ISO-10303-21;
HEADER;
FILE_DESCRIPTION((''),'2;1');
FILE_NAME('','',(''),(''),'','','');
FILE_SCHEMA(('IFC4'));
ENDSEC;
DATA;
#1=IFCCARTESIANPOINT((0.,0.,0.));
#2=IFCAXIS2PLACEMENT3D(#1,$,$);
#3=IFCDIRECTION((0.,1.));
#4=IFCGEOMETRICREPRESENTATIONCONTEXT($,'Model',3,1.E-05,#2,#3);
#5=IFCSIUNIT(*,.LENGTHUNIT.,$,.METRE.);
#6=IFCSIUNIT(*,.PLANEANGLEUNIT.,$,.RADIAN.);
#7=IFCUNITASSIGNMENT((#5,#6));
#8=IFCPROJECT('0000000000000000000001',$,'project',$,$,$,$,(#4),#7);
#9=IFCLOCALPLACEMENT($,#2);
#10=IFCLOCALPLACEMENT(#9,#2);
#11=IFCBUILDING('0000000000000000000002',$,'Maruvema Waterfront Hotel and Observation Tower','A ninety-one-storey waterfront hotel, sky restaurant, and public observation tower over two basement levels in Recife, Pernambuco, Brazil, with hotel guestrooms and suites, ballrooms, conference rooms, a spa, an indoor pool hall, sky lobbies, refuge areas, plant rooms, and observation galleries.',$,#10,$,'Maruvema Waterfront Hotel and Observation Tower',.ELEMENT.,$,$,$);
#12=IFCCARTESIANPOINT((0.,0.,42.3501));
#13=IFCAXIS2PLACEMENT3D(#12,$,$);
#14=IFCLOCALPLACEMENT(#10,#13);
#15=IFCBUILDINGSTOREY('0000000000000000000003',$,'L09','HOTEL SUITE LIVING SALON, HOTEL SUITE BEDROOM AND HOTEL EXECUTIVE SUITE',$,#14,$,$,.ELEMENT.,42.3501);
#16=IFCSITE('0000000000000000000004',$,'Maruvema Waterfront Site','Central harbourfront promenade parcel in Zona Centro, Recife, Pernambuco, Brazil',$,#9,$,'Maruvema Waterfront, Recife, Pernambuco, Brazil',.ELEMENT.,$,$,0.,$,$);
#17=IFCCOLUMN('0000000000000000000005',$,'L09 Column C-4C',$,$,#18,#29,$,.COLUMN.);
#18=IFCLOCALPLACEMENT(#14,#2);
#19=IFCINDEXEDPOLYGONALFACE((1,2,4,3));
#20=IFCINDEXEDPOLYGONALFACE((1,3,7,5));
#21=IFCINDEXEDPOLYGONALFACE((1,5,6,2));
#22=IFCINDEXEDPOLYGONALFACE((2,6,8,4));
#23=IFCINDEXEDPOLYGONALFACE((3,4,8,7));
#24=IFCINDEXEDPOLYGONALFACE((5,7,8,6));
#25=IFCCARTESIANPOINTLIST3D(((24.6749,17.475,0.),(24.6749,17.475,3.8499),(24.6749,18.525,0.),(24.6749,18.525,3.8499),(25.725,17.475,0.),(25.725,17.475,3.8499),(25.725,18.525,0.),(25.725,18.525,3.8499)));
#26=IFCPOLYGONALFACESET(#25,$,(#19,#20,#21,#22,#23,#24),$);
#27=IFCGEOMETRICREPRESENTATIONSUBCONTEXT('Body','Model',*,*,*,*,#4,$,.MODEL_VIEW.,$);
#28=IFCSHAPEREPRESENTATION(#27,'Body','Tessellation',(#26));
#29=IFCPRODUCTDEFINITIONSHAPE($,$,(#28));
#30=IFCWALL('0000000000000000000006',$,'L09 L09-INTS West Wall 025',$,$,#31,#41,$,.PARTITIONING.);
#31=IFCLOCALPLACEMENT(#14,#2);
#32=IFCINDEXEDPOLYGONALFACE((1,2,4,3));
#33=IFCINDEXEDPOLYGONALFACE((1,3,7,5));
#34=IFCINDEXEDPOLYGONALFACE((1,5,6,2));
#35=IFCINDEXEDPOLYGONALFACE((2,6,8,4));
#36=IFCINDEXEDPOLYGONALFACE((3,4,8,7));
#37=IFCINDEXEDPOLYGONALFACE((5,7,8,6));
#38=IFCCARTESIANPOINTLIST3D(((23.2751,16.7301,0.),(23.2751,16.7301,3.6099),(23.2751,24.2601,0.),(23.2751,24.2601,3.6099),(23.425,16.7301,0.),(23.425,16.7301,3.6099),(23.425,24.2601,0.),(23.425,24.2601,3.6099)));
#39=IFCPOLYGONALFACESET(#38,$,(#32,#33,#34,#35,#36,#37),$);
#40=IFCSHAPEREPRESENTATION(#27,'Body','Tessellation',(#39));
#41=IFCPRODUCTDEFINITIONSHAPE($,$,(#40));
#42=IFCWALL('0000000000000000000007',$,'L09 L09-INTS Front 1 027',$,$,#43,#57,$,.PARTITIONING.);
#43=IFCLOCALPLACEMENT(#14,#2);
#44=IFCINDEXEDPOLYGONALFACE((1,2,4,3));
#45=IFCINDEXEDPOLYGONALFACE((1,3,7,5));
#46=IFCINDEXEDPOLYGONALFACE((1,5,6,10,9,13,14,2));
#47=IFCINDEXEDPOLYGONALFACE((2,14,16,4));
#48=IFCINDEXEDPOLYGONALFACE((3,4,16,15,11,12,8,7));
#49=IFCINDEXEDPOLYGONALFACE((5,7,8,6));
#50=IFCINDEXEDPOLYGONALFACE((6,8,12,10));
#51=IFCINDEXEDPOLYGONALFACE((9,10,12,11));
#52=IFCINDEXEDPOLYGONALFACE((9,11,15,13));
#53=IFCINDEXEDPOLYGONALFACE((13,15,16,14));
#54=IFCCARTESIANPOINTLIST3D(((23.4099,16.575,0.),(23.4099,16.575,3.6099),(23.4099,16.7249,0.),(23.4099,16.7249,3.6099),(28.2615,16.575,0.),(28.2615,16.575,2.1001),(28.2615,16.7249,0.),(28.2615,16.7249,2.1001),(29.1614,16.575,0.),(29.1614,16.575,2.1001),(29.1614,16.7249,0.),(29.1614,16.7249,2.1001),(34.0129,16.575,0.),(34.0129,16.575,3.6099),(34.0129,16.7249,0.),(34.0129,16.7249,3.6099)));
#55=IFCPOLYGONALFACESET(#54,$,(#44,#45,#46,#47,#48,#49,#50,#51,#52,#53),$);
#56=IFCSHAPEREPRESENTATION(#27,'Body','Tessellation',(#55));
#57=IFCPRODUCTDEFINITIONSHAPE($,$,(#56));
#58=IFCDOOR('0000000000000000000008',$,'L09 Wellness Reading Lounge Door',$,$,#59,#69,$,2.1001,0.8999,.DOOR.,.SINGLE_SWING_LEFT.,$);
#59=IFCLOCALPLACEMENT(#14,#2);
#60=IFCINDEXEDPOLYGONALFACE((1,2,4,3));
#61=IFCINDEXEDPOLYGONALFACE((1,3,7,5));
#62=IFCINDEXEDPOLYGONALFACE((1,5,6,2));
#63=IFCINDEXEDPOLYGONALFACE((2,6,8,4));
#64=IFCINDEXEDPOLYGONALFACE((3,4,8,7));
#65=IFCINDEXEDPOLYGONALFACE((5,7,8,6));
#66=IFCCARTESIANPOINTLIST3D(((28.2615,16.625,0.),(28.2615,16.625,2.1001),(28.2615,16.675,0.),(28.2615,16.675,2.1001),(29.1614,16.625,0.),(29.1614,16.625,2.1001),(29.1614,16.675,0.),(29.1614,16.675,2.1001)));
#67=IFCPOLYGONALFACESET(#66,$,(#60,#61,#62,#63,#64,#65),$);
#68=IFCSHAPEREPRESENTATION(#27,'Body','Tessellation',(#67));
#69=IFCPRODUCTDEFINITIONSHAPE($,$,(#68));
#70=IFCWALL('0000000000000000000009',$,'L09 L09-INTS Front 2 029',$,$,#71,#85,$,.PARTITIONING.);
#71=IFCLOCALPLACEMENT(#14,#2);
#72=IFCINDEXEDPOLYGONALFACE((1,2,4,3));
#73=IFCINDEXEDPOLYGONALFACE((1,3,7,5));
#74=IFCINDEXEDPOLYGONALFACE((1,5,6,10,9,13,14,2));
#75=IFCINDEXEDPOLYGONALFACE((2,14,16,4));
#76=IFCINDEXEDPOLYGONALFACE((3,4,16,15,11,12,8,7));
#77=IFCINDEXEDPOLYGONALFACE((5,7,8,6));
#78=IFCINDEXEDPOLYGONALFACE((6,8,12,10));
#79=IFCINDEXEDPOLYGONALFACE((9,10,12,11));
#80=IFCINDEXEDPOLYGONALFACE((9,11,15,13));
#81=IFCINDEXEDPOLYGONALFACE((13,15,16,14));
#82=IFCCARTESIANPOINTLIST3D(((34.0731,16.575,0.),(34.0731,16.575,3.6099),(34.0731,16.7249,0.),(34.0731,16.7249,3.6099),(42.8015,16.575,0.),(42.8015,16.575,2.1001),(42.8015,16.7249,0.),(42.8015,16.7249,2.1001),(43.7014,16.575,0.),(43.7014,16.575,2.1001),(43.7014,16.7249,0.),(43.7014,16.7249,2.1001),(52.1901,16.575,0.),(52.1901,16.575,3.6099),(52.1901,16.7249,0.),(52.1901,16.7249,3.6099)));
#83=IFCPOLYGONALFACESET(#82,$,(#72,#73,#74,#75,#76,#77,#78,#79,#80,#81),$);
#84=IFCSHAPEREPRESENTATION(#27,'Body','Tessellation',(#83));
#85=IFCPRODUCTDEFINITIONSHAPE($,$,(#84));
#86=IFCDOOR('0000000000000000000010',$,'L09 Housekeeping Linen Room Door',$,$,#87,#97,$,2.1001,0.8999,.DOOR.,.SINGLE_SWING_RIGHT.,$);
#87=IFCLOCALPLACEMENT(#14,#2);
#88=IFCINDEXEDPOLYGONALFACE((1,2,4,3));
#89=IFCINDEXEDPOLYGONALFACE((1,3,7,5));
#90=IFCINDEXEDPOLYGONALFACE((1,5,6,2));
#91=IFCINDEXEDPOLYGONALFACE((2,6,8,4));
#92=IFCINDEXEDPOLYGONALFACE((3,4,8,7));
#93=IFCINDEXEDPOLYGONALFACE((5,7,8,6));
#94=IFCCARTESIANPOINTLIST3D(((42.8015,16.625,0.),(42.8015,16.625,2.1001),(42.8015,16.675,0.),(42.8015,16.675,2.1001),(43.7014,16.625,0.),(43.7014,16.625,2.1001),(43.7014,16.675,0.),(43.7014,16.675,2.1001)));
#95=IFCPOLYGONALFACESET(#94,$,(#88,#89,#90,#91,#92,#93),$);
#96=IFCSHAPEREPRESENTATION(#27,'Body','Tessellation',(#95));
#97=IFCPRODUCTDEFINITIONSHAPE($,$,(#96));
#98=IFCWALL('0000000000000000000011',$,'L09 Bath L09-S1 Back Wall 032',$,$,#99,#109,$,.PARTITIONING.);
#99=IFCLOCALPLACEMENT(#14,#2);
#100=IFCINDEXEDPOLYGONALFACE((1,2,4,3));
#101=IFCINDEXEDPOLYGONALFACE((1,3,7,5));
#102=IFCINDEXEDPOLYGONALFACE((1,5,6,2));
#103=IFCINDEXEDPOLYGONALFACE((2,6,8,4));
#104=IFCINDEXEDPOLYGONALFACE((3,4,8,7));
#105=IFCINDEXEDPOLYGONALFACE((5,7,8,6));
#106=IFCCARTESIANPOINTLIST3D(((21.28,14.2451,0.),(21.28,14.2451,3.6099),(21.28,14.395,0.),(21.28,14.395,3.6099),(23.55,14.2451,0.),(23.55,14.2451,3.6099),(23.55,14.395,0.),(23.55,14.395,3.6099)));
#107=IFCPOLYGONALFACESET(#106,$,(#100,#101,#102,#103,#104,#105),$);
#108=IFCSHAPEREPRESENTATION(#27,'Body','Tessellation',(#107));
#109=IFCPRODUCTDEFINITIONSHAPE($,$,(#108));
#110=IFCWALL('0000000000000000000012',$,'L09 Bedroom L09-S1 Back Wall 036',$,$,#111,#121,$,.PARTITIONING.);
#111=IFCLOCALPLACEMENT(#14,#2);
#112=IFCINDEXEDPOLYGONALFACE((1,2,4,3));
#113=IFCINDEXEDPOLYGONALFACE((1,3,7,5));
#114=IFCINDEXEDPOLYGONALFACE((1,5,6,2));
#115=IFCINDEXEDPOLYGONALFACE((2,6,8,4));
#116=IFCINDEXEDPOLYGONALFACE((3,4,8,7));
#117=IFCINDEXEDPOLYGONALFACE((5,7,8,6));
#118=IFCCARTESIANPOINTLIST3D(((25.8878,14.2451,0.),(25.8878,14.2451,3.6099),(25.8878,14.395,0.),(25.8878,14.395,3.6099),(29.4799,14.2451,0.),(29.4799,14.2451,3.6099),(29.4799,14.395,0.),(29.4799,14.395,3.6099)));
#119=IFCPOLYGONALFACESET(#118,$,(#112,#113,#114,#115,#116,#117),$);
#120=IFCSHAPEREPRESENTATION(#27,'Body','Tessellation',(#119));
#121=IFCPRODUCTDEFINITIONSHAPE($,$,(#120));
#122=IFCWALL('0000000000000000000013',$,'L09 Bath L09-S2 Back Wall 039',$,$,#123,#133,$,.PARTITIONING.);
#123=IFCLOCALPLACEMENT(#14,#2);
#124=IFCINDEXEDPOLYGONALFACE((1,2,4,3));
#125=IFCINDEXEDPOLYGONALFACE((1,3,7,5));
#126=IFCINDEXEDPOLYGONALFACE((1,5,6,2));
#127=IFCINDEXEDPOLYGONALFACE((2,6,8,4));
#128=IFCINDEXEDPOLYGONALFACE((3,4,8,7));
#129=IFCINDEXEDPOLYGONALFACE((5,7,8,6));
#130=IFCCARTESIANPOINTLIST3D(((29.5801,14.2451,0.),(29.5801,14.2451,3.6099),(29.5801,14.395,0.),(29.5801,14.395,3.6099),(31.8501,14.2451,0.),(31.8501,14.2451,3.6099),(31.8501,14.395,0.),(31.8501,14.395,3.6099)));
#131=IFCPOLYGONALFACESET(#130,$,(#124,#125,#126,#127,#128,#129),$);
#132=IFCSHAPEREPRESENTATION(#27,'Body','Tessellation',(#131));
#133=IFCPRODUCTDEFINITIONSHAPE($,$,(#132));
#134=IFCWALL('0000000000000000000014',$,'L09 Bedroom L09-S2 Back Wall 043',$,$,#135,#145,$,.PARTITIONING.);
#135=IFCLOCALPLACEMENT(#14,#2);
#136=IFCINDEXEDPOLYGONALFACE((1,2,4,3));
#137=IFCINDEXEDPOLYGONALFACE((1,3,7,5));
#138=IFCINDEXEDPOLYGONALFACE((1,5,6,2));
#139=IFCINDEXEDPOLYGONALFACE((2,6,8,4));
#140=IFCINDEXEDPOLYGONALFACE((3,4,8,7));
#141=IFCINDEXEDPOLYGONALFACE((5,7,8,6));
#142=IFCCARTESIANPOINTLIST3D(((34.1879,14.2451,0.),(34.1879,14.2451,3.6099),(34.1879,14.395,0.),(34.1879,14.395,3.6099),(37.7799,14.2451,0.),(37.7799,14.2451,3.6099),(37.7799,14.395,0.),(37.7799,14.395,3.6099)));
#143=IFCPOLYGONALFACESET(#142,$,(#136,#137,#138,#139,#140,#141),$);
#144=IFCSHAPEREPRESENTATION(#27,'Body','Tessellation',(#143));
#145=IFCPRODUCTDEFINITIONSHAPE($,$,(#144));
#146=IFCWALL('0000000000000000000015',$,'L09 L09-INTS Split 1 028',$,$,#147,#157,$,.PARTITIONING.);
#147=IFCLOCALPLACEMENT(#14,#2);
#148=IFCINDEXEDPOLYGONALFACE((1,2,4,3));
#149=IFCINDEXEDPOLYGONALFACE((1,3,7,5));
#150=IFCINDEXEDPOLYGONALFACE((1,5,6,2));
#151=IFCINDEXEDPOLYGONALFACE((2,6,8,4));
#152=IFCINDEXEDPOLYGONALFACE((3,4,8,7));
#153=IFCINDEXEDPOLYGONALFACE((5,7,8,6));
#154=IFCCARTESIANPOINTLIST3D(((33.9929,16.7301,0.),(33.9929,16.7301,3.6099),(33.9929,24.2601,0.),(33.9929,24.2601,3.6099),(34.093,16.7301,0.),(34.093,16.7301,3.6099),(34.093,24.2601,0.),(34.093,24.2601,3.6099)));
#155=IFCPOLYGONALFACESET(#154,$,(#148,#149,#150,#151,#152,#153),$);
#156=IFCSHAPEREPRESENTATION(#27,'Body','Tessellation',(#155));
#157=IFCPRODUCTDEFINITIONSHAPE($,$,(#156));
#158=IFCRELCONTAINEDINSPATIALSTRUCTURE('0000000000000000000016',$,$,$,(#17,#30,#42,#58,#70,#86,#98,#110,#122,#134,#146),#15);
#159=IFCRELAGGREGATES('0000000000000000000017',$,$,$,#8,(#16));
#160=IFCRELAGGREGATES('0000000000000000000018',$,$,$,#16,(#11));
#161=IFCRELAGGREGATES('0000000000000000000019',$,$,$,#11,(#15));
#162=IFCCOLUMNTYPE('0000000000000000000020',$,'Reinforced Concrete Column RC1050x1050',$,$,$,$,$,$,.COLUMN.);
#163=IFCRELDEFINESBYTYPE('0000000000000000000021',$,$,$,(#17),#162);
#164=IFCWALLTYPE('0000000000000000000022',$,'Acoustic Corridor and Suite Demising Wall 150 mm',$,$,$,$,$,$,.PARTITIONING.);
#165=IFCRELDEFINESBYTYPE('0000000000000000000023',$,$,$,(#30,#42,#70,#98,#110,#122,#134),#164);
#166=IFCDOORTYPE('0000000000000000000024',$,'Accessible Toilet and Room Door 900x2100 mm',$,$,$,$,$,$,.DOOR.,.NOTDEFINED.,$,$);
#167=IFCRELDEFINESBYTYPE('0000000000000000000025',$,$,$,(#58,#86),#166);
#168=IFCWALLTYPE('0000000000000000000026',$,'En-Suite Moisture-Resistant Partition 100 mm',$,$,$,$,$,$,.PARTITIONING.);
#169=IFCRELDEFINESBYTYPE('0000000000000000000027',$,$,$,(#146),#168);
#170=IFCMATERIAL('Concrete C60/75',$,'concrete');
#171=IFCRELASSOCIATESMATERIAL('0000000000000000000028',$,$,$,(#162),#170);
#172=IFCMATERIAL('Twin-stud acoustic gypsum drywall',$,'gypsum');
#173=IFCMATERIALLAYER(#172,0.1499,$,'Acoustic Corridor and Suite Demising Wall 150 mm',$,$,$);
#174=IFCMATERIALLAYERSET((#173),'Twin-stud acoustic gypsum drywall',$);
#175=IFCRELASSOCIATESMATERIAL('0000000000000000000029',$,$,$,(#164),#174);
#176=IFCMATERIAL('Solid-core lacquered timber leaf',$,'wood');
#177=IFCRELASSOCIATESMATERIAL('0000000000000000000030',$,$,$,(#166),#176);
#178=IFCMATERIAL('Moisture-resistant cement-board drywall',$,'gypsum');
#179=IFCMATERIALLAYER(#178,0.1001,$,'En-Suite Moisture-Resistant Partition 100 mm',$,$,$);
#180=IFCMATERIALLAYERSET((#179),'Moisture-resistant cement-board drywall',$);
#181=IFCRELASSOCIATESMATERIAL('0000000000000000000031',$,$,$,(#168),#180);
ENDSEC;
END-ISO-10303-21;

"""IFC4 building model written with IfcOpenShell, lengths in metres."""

from ifc_helpers import new_model, si_unit, direction, frame, frame_2d, origin, origin_2d, place, context, subcontext, project, spatial, rectangle, extrude, material, layer, layer_set, material_profile, profile_set, type_object, element, fill, save


model = new_model("IFC4")

# Units and contexts
model_context = context("Model", 3, precision=1e-05, world=origin(), true_north=direction((0.0, 1.0)))
body_context = subcontext(model_context, "Body", "Model", "MODEL_VIEW")
ifc_project = project(units=[si_unit("LENGTHUNIT", "METRE"), si_unit("PLANEANGLEUNIT", "RADIAN")], contexts=[model_context])

# Site, building, storey
site_placement = place(None, origin())
site = spatial("IfcSite", under=ifc_project, at=site_placement, Name="Maruvema Waterfront Site", Description="Central harbourfront promenade parcel in Zona Centro, Recife, Pernambuco, Brazil", LongName="Maruvema Waterfront, Recife, Pernambuco, Brazil", CompositionType="ELEMENT", RefElevation=0.0)
building_placement = place(site_placement, origin())
building = spatial("IfcBuilding", under=site, at=building_placement, Name="Maruvema Waterfront Hotel and Observation Tower", Description="A ninety-one-storey waterfront hotel, sky restaurant, and public observation tower over two basement levels in Recife, Pernambuco, Brazil, with hotel guestrooms and suites, ballrooms, conference rooms, a spa, an indoor pool hall, sky lobbies, refuge areas, plant rooms, and observation galleries.", LongName="Maruvema Waterfront Hotel and Observation Tower", CompositionType="ELEMENT")
storey_placement = place(building_placement, frame((0.0, 0.0, 42.3501)))
storey = spatial("IfcBuildingStorey", under=building, at=storey_placement, Name="L09", Description="HOTEL SUITE LIVING SALON, HOTEL SUITE BEDROOM AND HOTEL EXECUTIVE SUITE", CompositionType="ELEMENT", Elevation=42.3501)

# Column
ifc_material_1 = material(Name="Concrete C60/75", Category="concrete")
ifc_material_profile = material_profile(ifc_material_1, rectangle(XDim=1.05, YDim=1.05, at=origin_2d()), Name="RC1050x1050")
ifc_profile_set = profile_set([ifc_material_profile], Name="Concrete C60/75")
column_type = type_object("IfcColumnType", Name="Reinforced Concrete Column RC1050x1050", PredefinedType="COLUMN", material=ifc_profile_set)
column_placement = place(storey_placement, frame((25.2, 18.0, 0.0), z_axis=(0.0, 0.0, 1.0), x_axis=(1.0, 0.0, 0.0)))
element("IfcColumn", 1, at=column_placement, inside=storey, type_object=column_type, Name="L09 Column C-4C", PredefinedType="COLUMN", context=body_context, shape_type="SweptSolid", body=[
    extrude(rectangle(XDim=1.05, YDim=1.05, at=origin_2d()), origin(), (0.0, 0.0, 1.0), 3.8499),
])

# Wall
ifc_material_2 = material(Name="Twin-stud acoustic gypsum drywall", Category="gypsum")
ifc_layer_1 = layer(ifc_material_2, 0.1499, Name="Acoustic Corridor and Suite Demising Wall 150 mm")
ifc_layer_set_1 = layer_set([ifc_layer_1], Name="Twin-stud acoustic gypsum drywall")
wall_type_1 = type_object("IfcWallType", Name="Acoustic Corridor and Suite Demising Wall 150 mm", PredefinedType="PARTITIONING", material=ifc_layer_set_1)
wall_1_placement = place(storey_placement, frame((23.3501, 16.73, 0.0), z_axis=(0.0, 0.0, 1.0), x_axis=(0.0, 1.0, 0.0)))
element("IfcWall", 2, at=wall_1_placement, inside=storey, type_object=wall_type_1, Name="L09 L09-INTS West Wall 025", PredefinedType="PARTITIONING", context=body_context, shape_type="SweptSolid", body=[
    extrude(rectangle(XDim=7.53, YDim=0.1499, at=frame_2d((3.7651, 0.0))), origin(), (0.0, 0.0, 1.0), 3.6099),
])

# Walls, openings, doors
wall_2_placement = place(storey_placement, frame((23.4099, 16.6499, 0.0), z_axis=(0.0, 0.0, 1.0), x_axis=(1.0, 0.0, 0.0)))
wall_2 = element("IfcWall", 3, at=wall_2_placement, inside=storey, type_object=wall_type_1, Name="L09 L09-INTS Front 1 027", PredefinedType="PARTITIONING", context=body_context, shape_type="SweptSolid", body=[
    extrude(rectangle(XDim=10.603, YDim=0.1499, at=frame_2d((5.3015, 0.0))), origin(), (0.0, 0.0, 1.0), 3.6099),
])
opening_1_placement = place(wall_2_placement, frame((4.8516, 0.0, 0.0)))
opening_1 = element("IfcOpeningElement", 4, at=opening_1_placement, cuts=wall_2, PredefinedType="OPENING", context=body_context, shape_type="SweptSolid", body=[
    extrude(rectangle(XDim=0.8999, YDim=2.1001, at=frame_2d((0.45, 1.05))), frame((0.0, 0.085, 0.0), z_axis=(0.0, -1.0, 0.0), x_axis=(1.0, 0.0, 0.0)), (0.0, 0.0, 1.0), 0.1699),
])
ifc_material_3 = material(Name="Solid-core lacquered timber leaf", Category="wood")
door_type_1 = type_object("IfcDoorType", Name="Accessible Toilet and Room Door 900x2100 mm", OperationType="NOTDEFINED", PredefinedType="DOOR", material=ifc_material_3)
door_1_placement = place(opening_1_placement, frame((0.8999, 0.0, 0.0), z_axis=(0.0, 0.0, 1.0), x_axis=(-1.0, 0.0, 0.0)))
door_1 = element("IfcDoor", 5, at=door_1_placement, inside=storey, type_object=door_type_1, Name="L09 Wellness Reading Lounge Door", OperationType="SINGLE_SWING_LEFT", OverallHeight=2.1001, OverallWidth=0.8999, PredefinedType="DOOR", context=body_context, shape_type="SweptSolid", body=[
    extrude(rectangle(XDim=0.8999, YDim=2.1001, at=frame_2d((0.45, 1.05))), frame((0.0, 0.0249, 0.0), z_axis=(0.0, -1.0, 0.0), x_axis=(1.0, 0.0, 0.0)), (0.0, 0.0, 1.0), 0.05),
])
fill(opening_1, door_1)
wall_3_placement = place(storey_placement, frame((34.073, 16.6499, 0.0), z_axis=(0.0, 0.0, 1.0), x_axis=(1.0, 0.0, 0.0)))
wall_3 = element("IfcWall", 6, at=wall_3_placement, inside=storey, type_object=wall_type_1, Name="L09 L09-INTS Front 2 029", PredefinedType="PARTITIONING", context=body_context, shape_type="SweptSolid", body=[
    extrude(rectangle(XDim=18.1169, YDim=0.1499, at=frame_2d((9.0586, 0.0))), origin(), (0.0, 0.0, 1.0), 3.6099),
])
opening_2_placement = place(wall_3_placement, frame((8.7285, 0.0, 0.0)))
opening_2 = element("IfcOpeningElement", 7, at=opening_2_placement, cuts=wall_3, PredefinedType="OPENING", context=body_context, shape_type="SweptSolid", body=[
    extrude(rectangle(XDim=0.8999, YDim=2.1001, at=frame_2d((0.45, 1.05))), frame((0.0, 0.085, 0.0), z_axis=(0.0, -1.0, 0.0), x_axis=(1.0, 0.0, 0.0)), (0.0, 0.0, 1.0), 0.1699),
])
door_2_placement = place(opening_2_placement, frame((0.8999, 0.0, 0.0), z_axis=(0.0, 0.0, 1.0), x_axis=(-1.0, 0.0, 0.0)))
door_2 = element("IfcDoor", 8, at=door_2_placement, inside=storey, type_object=door_type_1, Name="L09 Housekeeping Linen Room Door", OperationType="SINGLE_SWING_RIGHT", OverallHeight=2.1001, OverallWidth=0.8999, PredefinedType="DOOR", context=body_context, shape_type="SweptSolid", body=[
    extrude(rectangle(XDim=0.8999, YDim=2.1001, at=frame_2d((0.45, 1.05))), frame((0.0, 0.0249, 0.0), z_axis=(0.0, -1.0, 0.0), x_axis=(1.0, 0.0, 0.0)), (0.0, 0.0, 1.0), 0.05),
])
fill(opening_2, door_2)

# Wall
wall_4_placement = place(storey_placement, frame((21.28, 14.3201, 0.0), z_axis=(0.0, 0.0, 1.0), x_axis=(1.0, 0.0, 0.0)))
element("IfcWall", 9, at=wall_4_placement, inside=storey, type_object=wall_type_1, Name="L09 Bath L09-S1 Back Wall 032", PredefinedType="PARTITIONING", context=body_context, shape_type="SweptSolid", body=[
    extrude(rectangle(XDim=2.27, YDim=0.1499, at=frame_2d((1.135, 0.0))), origin(), (0.0, 0.0, 1.0), 3.6099),
])

# Walls
wall_5_placement = place(storey_placement, frame((25.8879, 14.3201, 0.0), z_axis=(0.0, 0.0, 1.0), x_axis=(1.0, 0.0, 0.0)))
element("IfcWall", 10, at=wall_5_placement, inside=storey, type_object=wall_type_1, Name="L09 Bedroom L09-S1 Back Wall 036", PredefinedType="PARTITIONING", context=body_context, shape_type="SweptSolid", body=[
    extrude(rectangle(XDim=3.592, YDim=0.1499, at=frame_2d((1.7959, 0.0))), origin(), (0.0, 0.0, 1.0), 3.6099),
])
wall_6_placement = place(storey_placement, frame((29.5801, 14.3201, 0.0), z_axis=(0.0, 0.0, 1.0), x_axis=(1.0, 0.0, 0.0)))
element("IfcWall", 11, at=wall_6_placement, inside=storey, type_object=wall_type_1, Name="L09 Bath L09-S2 Back Wall 039", PredefinedType="PARTITIONING", context=body_context, shape_type="SweptSolid", body=[
    extrude(rectangle(XDim=2.27, YDim=0.1499, at=frame_2d((1.135, 0.0))), origin(), (0.0, 0.0, 1.0), 3.6099),
])

# Walls
wall_7_placement = place(storey_placement, frame((34.188, 14.3201, 0.0), z_axis=(0.0, 0.0, 1.0), x_axis=(1.0, 0.0, 0.0)))
element("IfcWall", 12, at=wall_7_placement, inside=storey, type_object=wall_type_1, Name="L09 Bedroom L09-S2 Back Wall 043", PredefinedType="PARTITIONING", context=body_context, shape_type="SweptSolid", body=[
    extrude(rectangle(XDim=3.592, YDim=0.1499, at=frame_2d((1.7959, 0.0))), origin(), (0.0, 0.0, 1.0), 3.6099),
])
ifc_material_4 = material(Name="Moisture-resistant cement-board drywall", Category="gypsum")
ifc_layer_2 = layer(ifc_material_4, 0.1001, Name="En-Suite Moisture-Resistant Partition 100 mm")
ifc_layer_set_2 = layer_set([ifc_layer_2], Name="Moisture-resistant cement-board drywall")
wall_type_2 = type_object("IfcWallType", Name="En-Suite Moisture-Resistant Partition 100 mm", PredefinedType="PARTITIONING", material=ifc_layer_set_2)
wall_8_placement = place(storey_placement, frame((34.043, 16.73, 0.0), z_axis=(0.0, 0.0, 1.0), x_axis=(0.0, 1.0, 0.0)))
element("IfcWall", 13, at=wall_8_placement, inside=storey, type_object=wall_type_2, Name="L09 L09-INTS Split 1 028", PredefinedType="PARTITIONING", context=body_context, shape_type="SweptSolid", body=[
    extrude(rectangle(XDim=7.53, YDim=0.1001, at=frame_2d((3.7651, 0.0))), origin(), (0.0, 0.0, 1.0), 3.6099),
])

save(model, "model.ifc")
